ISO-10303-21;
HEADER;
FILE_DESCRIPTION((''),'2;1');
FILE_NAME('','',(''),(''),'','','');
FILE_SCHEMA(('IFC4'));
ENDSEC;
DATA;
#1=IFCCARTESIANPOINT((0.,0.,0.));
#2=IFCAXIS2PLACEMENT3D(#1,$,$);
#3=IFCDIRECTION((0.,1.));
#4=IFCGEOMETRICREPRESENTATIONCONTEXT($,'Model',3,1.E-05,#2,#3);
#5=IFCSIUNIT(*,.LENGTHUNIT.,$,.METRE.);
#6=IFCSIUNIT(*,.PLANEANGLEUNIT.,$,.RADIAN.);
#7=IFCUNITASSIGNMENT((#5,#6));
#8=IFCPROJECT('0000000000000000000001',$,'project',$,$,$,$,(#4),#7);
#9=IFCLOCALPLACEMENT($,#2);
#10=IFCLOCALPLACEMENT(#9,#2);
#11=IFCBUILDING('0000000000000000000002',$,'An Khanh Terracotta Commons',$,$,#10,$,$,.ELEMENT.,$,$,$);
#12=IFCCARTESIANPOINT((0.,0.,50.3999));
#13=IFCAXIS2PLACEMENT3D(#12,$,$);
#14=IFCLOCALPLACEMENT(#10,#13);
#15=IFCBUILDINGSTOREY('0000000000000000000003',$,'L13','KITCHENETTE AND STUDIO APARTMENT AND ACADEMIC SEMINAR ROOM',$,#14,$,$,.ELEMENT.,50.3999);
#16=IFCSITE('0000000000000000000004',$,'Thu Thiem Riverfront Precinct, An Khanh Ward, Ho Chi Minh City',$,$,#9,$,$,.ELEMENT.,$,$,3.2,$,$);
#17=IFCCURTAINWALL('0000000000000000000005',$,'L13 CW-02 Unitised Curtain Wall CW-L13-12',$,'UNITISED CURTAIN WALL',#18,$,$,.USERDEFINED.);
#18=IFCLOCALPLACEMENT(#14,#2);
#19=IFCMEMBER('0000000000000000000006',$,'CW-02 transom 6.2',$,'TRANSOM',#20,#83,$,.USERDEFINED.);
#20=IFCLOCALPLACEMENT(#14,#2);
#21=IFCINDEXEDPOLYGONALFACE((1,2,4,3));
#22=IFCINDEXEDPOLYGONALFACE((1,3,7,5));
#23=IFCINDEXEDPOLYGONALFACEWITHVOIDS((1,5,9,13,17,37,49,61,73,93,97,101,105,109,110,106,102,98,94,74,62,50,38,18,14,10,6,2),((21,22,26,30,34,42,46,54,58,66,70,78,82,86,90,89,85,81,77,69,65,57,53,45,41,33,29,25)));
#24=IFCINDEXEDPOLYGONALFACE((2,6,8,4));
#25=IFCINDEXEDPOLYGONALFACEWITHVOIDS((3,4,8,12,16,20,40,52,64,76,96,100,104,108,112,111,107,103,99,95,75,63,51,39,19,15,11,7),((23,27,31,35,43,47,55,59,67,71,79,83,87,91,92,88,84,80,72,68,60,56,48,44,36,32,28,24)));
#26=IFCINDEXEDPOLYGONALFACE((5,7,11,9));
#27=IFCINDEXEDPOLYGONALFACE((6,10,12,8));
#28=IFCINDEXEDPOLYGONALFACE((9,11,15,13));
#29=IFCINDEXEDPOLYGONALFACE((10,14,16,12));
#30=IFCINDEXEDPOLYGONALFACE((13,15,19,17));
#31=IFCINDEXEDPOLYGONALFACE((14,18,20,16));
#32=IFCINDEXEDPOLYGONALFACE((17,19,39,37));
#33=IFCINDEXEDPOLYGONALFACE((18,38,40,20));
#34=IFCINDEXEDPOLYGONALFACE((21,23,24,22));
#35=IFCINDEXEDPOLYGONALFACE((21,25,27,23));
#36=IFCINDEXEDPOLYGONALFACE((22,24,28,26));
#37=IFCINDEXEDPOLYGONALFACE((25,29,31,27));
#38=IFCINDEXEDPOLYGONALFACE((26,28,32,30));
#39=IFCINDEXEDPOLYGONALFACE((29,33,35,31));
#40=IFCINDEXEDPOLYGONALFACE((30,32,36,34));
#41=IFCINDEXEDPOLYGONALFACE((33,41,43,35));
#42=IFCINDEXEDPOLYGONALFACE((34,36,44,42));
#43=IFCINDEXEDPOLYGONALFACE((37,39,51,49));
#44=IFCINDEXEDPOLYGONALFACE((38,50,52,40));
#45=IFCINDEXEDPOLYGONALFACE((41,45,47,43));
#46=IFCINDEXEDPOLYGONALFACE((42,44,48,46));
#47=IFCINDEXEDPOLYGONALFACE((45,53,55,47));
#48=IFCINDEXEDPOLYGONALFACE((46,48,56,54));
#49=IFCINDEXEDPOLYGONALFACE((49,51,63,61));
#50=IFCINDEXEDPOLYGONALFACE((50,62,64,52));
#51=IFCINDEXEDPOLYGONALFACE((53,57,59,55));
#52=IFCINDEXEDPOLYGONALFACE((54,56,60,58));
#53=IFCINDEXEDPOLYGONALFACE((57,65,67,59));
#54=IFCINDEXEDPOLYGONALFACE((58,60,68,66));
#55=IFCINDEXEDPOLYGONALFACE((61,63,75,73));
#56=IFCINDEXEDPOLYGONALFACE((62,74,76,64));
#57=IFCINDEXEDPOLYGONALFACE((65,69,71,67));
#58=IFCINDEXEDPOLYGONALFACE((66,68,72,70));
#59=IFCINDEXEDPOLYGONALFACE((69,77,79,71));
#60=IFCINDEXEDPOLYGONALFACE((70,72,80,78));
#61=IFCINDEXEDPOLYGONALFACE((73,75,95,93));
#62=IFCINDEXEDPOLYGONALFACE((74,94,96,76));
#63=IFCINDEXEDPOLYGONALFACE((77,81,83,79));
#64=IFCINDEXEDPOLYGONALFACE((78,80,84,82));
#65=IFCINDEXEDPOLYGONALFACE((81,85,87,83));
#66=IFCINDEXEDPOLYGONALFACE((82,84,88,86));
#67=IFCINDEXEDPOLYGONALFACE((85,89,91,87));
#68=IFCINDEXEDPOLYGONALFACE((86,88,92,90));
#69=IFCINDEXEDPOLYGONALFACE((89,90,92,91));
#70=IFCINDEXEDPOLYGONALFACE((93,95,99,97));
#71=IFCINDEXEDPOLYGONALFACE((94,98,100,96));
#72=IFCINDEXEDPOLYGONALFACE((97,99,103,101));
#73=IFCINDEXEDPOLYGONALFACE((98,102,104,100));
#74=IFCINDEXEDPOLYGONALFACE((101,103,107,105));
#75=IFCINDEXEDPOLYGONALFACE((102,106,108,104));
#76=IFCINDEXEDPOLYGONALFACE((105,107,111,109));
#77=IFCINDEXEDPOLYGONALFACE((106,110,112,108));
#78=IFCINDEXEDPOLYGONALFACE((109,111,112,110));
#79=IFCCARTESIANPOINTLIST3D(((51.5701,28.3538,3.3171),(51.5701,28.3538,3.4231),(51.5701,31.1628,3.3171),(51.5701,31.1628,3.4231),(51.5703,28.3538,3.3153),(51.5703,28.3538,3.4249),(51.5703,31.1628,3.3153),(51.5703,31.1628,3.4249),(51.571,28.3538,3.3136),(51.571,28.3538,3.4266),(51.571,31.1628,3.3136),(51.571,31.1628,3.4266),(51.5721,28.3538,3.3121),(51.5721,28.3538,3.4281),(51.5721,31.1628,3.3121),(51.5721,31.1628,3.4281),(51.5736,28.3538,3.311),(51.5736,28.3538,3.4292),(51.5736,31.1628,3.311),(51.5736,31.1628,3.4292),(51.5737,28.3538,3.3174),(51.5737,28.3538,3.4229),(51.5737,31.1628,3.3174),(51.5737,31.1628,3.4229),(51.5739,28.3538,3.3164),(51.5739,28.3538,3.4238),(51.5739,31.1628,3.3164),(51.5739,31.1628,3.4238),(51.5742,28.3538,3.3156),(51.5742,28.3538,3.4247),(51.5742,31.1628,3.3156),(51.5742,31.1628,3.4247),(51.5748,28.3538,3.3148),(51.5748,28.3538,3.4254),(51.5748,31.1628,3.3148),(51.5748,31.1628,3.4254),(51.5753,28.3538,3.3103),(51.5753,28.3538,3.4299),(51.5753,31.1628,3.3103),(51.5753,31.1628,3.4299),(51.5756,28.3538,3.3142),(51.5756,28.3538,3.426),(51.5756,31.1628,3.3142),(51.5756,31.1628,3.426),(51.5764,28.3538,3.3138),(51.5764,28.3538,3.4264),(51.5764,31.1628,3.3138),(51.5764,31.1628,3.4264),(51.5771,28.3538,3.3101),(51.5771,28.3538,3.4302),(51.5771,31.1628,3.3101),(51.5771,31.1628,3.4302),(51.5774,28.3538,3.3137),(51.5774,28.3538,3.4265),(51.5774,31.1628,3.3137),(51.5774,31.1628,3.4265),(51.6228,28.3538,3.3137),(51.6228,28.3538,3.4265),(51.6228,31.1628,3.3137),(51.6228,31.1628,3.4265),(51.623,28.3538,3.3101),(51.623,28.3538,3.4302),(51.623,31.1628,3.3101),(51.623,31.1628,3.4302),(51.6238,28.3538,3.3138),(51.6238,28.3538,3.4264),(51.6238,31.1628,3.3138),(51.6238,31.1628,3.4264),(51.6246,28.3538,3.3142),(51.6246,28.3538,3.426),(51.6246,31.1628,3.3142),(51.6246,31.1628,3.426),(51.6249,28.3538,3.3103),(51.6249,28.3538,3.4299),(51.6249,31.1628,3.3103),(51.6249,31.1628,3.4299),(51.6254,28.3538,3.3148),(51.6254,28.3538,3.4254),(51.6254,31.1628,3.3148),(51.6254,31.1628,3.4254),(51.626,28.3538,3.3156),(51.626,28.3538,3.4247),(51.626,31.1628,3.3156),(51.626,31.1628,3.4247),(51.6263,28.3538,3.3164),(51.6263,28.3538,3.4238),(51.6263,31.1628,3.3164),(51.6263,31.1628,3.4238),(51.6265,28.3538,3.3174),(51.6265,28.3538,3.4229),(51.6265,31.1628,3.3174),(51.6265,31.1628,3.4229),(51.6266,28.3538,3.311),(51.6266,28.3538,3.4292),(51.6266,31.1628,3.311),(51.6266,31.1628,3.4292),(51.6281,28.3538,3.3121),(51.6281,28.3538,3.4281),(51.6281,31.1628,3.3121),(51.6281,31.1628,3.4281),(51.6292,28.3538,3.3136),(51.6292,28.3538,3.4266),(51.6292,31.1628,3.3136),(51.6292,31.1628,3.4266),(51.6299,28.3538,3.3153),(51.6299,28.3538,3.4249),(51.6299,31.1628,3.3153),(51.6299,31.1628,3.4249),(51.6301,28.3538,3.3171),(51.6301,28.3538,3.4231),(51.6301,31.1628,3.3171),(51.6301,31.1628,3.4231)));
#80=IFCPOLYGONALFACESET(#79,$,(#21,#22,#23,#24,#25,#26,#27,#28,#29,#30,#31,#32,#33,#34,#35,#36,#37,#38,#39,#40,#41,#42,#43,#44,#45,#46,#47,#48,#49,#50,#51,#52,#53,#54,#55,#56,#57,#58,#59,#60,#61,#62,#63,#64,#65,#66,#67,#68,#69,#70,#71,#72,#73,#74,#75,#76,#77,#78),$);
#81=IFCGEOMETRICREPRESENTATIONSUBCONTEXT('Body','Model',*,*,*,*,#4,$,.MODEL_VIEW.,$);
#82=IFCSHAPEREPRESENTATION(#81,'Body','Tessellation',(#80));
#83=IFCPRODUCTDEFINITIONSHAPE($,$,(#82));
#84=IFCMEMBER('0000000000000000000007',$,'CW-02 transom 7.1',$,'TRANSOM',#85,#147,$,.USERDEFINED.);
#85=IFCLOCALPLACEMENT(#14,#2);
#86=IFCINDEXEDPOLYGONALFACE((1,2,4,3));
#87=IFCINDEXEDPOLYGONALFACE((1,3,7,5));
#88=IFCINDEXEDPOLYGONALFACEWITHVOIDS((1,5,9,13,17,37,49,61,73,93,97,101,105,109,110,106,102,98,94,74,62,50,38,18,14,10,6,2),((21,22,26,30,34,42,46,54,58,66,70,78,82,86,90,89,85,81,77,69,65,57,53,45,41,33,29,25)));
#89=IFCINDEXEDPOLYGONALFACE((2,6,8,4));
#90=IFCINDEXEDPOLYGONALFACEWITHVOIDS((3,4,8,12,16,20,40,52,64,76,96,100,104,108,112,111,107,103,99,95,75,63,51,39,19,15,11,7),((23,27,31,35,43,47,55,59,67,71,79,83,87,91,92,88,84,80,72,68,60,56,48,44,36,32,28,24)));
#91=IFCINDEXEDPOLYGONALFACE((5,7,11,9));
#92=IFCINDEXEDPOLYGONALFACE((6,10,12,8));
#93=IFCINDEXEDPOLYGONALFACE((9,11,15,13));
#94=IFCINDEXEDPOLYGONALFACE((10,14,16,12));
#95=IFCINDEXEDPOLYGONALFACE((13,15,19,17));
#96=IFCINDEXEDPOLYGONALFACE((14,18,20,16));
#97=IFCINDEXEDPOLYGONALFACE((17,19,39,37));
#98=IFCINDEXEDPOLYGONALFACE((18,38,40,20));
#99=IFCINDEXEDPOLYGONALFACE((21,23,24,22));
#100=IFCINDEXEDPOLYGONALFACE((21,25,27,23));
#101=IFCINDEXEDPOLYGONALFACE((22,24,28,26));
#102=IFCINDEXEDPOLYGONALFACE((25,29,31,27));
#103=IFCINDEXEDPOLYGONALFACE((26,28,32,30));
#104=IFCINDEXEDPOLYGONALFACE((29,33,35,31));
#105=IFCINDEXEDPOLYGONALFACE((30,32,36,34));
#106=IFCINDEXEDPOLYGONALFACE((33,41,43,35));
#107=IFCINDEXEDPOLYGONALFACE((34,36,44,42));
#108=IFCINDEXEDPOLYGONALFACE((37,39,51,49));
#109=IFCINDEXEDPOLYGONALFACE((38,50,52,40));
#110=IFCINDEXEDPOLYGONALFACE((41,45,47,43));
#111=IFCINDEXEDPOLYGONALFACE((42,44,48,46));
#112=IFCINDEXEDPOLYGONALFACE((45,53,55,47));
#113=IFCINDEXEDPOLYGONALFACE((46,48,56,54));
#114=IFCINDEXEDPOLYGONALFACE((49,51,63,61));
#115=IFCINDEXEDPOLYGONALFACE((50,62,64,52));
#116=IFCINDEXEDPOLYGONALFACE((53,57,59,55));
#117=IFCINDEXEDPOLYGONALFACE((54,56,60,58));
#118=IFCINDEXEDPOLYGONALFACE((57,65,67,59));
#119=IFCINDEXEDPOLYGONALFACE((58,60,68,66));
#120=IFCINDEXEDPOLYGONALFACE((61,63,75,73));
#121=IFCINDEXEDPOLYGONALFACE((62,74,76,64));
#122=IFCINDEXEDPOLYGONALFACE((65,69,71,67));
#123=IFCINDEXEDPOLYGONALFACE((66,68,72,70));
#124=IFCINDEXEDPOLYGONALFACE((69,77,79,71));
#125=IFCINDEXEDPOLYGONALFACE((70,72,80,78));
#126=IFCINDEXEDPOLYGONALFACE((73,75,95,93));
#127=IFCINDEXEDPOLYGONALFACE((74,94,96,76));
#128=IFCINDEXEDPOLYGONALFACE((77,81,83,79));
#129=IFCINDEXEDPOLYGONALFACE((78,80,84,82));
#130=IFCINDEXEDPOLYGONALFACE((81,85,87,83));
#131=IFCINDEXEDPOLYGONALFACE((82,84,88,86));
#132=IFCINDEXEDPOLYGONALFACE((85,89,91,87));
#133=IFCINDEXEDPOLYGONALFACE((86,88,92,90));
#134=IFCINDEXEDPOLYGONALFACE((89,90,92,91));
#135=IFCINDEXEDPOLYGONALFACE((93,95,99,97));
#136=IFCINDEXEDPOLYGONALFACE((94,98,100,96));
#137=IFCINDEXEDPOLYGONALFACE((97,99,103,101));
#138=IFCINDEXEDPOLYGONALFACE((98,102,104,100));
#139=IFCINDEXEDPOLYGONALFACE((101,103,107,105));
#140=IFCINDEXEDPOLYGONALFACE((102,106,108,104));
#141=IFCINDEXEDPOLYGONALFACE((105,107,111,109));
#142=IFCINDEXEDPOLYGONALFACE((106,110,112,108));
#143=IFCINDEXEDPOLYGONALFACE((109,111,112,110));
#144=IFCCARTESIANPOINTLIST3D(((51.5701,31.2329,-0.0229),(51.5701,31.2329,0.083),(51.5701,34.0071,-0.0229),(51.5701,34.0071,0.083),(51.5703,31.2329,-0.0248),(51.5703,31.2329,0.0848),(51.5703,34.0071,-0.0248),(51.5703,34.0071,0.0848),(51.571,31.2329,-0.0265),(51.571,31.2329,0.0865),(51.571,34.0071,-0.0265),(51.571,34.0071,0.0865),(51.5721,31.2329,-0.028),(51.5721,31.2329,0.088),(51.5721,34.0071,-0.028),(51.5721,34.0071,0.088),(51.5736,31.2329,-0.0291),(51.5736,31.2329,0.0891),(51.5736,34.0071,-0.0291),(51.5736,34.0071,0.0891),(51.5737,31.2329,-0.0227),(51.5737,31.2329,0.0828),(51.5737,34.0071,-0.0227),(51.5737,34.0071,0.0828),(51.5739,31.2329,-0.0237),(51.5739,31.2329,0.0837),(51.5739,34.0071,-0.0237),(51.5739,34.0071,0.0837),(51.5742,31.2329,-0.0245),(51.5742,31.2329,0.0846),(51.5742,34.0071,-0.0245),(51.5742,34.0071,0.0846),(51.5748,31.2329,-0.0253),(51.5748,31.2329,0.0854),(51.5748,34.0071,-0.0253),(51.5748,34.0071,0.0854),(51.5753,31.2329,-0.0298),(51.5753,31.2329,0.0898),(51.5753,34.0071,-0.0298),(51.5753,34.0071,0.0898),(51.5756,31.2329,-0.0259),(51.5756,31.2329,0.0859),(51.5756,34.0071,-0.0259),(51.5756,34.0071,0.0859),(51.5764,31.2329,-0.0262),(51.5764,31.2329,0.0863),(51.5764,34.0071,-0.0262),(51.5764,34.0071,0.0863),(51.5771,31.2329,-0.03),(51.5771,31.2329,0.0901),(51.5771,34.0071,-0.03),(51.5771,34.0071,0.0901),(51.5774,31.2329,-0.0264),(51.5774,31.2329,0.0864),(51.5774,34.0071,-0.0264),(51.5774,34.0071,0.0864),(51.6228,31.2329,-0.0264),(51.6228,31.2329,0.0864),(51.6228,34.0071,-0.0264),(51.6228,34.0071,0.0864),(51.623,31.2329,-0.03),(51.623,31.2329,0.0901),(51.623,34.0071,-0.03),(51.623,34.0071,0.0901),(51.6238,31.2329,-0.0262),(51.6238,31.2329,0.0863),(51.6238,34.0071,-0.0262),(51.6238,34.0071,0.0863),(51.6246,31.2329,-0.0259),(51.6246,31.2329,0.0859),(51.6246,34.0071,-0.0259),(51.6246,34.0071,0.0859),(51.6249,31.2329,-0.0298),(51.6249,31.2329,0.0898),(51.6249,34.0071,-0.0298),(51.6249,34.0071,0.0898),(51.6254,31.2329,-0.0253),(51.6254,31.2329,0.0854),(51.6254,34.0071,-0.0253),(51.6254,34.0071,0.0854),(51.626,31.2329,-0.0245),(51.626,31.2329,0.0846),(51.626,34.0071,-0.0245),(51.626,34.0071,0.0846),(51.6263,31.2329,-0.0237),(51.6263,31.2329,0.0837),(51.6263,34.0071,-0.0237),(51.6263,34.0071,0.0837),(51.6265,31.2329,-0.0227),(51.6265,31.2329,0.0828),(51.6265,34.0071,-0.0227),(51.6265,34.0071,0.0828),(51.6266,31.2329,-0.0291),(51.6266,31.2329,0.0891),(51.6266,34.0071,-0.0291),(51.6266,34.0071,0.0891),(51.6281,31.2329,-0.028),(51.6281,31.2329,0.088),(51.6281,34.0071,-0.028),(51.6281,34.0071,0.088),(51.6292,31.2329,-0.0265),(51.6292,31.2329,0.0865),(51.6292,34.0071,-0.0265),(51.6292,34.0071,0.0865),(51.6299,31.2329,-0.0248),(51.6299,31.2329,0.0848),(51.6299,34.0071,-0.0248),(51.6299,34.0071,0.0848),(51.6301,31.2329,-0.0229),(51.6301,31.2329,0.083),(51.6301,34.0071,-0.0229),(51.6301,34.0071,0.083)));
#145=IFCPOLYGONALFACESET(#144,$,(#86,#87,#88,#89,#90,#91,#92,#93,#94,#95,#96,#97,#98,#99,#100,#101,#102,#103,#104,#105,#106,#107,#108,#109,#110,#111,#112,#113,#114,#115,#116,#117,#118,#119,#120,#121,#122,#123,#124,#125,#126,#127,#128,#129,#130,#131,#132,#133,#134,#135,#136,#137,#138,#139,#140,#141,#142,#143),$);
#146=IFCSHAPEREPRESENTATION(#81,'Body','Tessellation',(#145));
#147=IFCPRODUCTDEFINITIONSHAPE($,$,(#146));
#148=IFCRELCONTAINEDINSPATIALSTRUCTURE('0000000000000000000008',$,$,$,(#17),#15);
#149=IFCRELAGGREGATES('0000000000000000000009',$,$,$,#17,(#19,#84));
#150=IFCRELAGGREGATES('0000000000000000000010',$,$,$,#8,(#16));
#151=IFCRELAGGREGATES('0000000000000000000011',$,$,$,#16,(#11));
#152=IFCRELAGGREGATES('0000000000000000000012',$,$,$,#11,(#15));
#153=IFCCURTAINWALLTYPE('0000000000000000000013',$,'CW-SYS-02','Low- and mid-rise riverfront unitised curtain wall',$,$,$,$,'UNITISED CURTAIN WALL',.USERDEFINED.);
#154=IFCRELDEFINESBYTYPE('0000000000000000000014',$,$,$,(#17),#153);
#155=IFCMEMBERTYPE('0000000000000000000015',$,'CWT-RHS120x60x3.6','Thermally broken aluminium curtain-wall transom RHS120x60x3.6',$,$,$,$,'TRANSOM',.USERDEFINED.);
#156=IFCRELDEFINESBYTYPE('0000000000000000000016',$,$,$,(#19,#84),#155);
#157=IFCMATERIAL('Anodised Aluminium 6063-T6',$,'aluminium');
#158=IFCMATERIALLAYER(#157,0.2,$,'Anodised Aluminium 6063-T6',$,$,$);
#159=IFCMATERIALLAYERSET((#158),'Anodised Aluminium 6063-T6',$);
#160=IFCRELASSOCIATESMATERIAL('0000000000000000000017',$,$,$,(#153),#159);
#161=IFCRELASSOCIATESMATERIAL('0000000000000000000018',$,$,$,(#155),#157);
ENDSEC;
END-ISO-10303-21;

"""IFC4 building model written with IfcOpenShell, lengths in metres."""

from ifc_helpers import new_model, si_unit, direction, frame, origin, origin_2d, place, context, subcontext, project, spatial, hollow_rectangle, extrude, material, layer, layer_set, material_profile, profile_set, type_object, element, aggregate, save


model = new_model("IFC4")

# Units and contexts
model_context = context("Model", 3, precision=1e-05, world=origin(), true_north=direction((0.0, 1.0)))
body_context = subcontext(model_context, "Body", "Model", "MODEL_VIEW")
ifc_project = project(units=[si_unit("LENGTHUNIT", "METRE"), si_unit("PLANEANGLEUNIT", "RADIAN")], contexts=[model_context])

# Site, building, storey
site_placement = place(None, origin())
site = spatial("IfcSite", under=ifc_project, at=site_placement, Name="Thu Thiem Riverfront Precinct, An Khanh Ward, Ho Chi Minh City", CompositionType="ELEMENT", RefElevation=3.2)
building_placement = place(site_placement, origin())
building = spatial("IfcBuilding", under=site, at=building_placement, Name="An Khanh Terracotta Commons", CompositionType="ELEMENT")
storey_placement = place(building_placement, frame((0.0, 0.0, 50.3999)))
storey = spatial("IfcBuildingStorey", under=building, at=storey_placement, Name="L13", Description="KITCHENETTE AND STUDIO APARTMENT AND ACADEMIC SEMINAR ROOM", CompositionType="ELEMENT", Elevation=50.3999)

# Curtain wall, members
ifc_material_1 = material(Name="Anodised Aluminium 6063-T6", Category="aluminium")
ifc_layer_1 = layer(ifc_material_1, 0.2, Name="Anodised Aluminium 6063-T6")
ifc_layer_set_1 = layer_set([ifc_layer_1], Name="Anodised Aluminium 6063-T6")
curtain_wall_type = type_object("IfcCurtainWallType", Name="CW-SYS-02", Description="Low- and mid-rise riverfront unitised curtain wall", ElementType="UNITISED CURTAIN WALL", PredefinedType="USERDEFINED", material=ifc_layer_set_1)
curtain_wall_placement = place(storey_placement, origin())
curtain_wall = element("IfcCurtainWall", 1, at=curtain_wall_placement, inside=storey, type_object=curtain_wall_type, Name="L13 CW-02 Unitised Curtain Wall CW-L13-12", ObjectType="UNITISED CURTAIN WALL", PredefinedType="USERDEFINED")
ifc_material_profile_1 = material_profile(ifc_material_1, hollow_rectangle(XDim=0.0601, YDim=0.1201, WallThickness=0.0037, InnerFilletRadius=0.0037, OuterFilletRadius=0.0071, at=origin_2d()), Name="RHS120x60x3.6")
ifc_profile_set_1 = profile_set([ifc_material_profile_1], Name="Anodised Aluminium 6063-T6")
member_type_1 = type_object("IfcMemberType", Name="CWT-RHS120x60x3.6", Description="Thermally broken aluminium curtain-wall transom RHS120x60x3.6", ElementType="TRANSOM", PredefinedType="USERDEFINED", material=ifc_profile_set_1)
member_1_placement = place(storey_placement, frame((51.6001, 28.3538, 3.3701), z_axis=(0.0, 1.0, 0.0), x_axis=(-1.0, 0.0, 0.0)))
member_1 = element("IfcMember", 2, at=member_1_placement, type_object=member_type_1, Name="CW-02 transom 6.2", ObjectType="TRANSOM", PredefinedType="USERDEFINED", context=body_context, shape_type="SweptSolid", body=[
    extrude(hollow_rectangle(XDim=0.0601, YDim=0.1201, WallThickness=0.0037, InnerFilletRadius=0.0037, OuterFilletRadius=0.0071, at=origin_2d()), origin(), (0.0, 0.0, 1.0), 2.8091),
])
member_2_placement = place(storey_placement, frame((51.6001, 31.2329, 0.03), z_axis=(0.0, 1.0, 0.0), x_axis=(-1.0, 0.0, 0.0)))
member_2 = element("IfcMember", 3, at=member_2_placement, type_object=member_type_1, Name="CW-02 transom 7.1", ObjectType="TRANSOM", PredefinedType="USERDEFINED", context=body_context, shape_type="SweptSolid", body=[
    extrude(hollow_rectangle(XDim=0.0601, YDim=0.1201, WallThickness=0.0037, InnerFilletRadius=0.0037, OuterFilletRadius=0.0071, at=origin_2d()), origin(), (0.0, 0.0, 1.0), 2.7742),
])
aggregate(curtain_wall, [member_1, member_2])

save(model, "model.ifc")
